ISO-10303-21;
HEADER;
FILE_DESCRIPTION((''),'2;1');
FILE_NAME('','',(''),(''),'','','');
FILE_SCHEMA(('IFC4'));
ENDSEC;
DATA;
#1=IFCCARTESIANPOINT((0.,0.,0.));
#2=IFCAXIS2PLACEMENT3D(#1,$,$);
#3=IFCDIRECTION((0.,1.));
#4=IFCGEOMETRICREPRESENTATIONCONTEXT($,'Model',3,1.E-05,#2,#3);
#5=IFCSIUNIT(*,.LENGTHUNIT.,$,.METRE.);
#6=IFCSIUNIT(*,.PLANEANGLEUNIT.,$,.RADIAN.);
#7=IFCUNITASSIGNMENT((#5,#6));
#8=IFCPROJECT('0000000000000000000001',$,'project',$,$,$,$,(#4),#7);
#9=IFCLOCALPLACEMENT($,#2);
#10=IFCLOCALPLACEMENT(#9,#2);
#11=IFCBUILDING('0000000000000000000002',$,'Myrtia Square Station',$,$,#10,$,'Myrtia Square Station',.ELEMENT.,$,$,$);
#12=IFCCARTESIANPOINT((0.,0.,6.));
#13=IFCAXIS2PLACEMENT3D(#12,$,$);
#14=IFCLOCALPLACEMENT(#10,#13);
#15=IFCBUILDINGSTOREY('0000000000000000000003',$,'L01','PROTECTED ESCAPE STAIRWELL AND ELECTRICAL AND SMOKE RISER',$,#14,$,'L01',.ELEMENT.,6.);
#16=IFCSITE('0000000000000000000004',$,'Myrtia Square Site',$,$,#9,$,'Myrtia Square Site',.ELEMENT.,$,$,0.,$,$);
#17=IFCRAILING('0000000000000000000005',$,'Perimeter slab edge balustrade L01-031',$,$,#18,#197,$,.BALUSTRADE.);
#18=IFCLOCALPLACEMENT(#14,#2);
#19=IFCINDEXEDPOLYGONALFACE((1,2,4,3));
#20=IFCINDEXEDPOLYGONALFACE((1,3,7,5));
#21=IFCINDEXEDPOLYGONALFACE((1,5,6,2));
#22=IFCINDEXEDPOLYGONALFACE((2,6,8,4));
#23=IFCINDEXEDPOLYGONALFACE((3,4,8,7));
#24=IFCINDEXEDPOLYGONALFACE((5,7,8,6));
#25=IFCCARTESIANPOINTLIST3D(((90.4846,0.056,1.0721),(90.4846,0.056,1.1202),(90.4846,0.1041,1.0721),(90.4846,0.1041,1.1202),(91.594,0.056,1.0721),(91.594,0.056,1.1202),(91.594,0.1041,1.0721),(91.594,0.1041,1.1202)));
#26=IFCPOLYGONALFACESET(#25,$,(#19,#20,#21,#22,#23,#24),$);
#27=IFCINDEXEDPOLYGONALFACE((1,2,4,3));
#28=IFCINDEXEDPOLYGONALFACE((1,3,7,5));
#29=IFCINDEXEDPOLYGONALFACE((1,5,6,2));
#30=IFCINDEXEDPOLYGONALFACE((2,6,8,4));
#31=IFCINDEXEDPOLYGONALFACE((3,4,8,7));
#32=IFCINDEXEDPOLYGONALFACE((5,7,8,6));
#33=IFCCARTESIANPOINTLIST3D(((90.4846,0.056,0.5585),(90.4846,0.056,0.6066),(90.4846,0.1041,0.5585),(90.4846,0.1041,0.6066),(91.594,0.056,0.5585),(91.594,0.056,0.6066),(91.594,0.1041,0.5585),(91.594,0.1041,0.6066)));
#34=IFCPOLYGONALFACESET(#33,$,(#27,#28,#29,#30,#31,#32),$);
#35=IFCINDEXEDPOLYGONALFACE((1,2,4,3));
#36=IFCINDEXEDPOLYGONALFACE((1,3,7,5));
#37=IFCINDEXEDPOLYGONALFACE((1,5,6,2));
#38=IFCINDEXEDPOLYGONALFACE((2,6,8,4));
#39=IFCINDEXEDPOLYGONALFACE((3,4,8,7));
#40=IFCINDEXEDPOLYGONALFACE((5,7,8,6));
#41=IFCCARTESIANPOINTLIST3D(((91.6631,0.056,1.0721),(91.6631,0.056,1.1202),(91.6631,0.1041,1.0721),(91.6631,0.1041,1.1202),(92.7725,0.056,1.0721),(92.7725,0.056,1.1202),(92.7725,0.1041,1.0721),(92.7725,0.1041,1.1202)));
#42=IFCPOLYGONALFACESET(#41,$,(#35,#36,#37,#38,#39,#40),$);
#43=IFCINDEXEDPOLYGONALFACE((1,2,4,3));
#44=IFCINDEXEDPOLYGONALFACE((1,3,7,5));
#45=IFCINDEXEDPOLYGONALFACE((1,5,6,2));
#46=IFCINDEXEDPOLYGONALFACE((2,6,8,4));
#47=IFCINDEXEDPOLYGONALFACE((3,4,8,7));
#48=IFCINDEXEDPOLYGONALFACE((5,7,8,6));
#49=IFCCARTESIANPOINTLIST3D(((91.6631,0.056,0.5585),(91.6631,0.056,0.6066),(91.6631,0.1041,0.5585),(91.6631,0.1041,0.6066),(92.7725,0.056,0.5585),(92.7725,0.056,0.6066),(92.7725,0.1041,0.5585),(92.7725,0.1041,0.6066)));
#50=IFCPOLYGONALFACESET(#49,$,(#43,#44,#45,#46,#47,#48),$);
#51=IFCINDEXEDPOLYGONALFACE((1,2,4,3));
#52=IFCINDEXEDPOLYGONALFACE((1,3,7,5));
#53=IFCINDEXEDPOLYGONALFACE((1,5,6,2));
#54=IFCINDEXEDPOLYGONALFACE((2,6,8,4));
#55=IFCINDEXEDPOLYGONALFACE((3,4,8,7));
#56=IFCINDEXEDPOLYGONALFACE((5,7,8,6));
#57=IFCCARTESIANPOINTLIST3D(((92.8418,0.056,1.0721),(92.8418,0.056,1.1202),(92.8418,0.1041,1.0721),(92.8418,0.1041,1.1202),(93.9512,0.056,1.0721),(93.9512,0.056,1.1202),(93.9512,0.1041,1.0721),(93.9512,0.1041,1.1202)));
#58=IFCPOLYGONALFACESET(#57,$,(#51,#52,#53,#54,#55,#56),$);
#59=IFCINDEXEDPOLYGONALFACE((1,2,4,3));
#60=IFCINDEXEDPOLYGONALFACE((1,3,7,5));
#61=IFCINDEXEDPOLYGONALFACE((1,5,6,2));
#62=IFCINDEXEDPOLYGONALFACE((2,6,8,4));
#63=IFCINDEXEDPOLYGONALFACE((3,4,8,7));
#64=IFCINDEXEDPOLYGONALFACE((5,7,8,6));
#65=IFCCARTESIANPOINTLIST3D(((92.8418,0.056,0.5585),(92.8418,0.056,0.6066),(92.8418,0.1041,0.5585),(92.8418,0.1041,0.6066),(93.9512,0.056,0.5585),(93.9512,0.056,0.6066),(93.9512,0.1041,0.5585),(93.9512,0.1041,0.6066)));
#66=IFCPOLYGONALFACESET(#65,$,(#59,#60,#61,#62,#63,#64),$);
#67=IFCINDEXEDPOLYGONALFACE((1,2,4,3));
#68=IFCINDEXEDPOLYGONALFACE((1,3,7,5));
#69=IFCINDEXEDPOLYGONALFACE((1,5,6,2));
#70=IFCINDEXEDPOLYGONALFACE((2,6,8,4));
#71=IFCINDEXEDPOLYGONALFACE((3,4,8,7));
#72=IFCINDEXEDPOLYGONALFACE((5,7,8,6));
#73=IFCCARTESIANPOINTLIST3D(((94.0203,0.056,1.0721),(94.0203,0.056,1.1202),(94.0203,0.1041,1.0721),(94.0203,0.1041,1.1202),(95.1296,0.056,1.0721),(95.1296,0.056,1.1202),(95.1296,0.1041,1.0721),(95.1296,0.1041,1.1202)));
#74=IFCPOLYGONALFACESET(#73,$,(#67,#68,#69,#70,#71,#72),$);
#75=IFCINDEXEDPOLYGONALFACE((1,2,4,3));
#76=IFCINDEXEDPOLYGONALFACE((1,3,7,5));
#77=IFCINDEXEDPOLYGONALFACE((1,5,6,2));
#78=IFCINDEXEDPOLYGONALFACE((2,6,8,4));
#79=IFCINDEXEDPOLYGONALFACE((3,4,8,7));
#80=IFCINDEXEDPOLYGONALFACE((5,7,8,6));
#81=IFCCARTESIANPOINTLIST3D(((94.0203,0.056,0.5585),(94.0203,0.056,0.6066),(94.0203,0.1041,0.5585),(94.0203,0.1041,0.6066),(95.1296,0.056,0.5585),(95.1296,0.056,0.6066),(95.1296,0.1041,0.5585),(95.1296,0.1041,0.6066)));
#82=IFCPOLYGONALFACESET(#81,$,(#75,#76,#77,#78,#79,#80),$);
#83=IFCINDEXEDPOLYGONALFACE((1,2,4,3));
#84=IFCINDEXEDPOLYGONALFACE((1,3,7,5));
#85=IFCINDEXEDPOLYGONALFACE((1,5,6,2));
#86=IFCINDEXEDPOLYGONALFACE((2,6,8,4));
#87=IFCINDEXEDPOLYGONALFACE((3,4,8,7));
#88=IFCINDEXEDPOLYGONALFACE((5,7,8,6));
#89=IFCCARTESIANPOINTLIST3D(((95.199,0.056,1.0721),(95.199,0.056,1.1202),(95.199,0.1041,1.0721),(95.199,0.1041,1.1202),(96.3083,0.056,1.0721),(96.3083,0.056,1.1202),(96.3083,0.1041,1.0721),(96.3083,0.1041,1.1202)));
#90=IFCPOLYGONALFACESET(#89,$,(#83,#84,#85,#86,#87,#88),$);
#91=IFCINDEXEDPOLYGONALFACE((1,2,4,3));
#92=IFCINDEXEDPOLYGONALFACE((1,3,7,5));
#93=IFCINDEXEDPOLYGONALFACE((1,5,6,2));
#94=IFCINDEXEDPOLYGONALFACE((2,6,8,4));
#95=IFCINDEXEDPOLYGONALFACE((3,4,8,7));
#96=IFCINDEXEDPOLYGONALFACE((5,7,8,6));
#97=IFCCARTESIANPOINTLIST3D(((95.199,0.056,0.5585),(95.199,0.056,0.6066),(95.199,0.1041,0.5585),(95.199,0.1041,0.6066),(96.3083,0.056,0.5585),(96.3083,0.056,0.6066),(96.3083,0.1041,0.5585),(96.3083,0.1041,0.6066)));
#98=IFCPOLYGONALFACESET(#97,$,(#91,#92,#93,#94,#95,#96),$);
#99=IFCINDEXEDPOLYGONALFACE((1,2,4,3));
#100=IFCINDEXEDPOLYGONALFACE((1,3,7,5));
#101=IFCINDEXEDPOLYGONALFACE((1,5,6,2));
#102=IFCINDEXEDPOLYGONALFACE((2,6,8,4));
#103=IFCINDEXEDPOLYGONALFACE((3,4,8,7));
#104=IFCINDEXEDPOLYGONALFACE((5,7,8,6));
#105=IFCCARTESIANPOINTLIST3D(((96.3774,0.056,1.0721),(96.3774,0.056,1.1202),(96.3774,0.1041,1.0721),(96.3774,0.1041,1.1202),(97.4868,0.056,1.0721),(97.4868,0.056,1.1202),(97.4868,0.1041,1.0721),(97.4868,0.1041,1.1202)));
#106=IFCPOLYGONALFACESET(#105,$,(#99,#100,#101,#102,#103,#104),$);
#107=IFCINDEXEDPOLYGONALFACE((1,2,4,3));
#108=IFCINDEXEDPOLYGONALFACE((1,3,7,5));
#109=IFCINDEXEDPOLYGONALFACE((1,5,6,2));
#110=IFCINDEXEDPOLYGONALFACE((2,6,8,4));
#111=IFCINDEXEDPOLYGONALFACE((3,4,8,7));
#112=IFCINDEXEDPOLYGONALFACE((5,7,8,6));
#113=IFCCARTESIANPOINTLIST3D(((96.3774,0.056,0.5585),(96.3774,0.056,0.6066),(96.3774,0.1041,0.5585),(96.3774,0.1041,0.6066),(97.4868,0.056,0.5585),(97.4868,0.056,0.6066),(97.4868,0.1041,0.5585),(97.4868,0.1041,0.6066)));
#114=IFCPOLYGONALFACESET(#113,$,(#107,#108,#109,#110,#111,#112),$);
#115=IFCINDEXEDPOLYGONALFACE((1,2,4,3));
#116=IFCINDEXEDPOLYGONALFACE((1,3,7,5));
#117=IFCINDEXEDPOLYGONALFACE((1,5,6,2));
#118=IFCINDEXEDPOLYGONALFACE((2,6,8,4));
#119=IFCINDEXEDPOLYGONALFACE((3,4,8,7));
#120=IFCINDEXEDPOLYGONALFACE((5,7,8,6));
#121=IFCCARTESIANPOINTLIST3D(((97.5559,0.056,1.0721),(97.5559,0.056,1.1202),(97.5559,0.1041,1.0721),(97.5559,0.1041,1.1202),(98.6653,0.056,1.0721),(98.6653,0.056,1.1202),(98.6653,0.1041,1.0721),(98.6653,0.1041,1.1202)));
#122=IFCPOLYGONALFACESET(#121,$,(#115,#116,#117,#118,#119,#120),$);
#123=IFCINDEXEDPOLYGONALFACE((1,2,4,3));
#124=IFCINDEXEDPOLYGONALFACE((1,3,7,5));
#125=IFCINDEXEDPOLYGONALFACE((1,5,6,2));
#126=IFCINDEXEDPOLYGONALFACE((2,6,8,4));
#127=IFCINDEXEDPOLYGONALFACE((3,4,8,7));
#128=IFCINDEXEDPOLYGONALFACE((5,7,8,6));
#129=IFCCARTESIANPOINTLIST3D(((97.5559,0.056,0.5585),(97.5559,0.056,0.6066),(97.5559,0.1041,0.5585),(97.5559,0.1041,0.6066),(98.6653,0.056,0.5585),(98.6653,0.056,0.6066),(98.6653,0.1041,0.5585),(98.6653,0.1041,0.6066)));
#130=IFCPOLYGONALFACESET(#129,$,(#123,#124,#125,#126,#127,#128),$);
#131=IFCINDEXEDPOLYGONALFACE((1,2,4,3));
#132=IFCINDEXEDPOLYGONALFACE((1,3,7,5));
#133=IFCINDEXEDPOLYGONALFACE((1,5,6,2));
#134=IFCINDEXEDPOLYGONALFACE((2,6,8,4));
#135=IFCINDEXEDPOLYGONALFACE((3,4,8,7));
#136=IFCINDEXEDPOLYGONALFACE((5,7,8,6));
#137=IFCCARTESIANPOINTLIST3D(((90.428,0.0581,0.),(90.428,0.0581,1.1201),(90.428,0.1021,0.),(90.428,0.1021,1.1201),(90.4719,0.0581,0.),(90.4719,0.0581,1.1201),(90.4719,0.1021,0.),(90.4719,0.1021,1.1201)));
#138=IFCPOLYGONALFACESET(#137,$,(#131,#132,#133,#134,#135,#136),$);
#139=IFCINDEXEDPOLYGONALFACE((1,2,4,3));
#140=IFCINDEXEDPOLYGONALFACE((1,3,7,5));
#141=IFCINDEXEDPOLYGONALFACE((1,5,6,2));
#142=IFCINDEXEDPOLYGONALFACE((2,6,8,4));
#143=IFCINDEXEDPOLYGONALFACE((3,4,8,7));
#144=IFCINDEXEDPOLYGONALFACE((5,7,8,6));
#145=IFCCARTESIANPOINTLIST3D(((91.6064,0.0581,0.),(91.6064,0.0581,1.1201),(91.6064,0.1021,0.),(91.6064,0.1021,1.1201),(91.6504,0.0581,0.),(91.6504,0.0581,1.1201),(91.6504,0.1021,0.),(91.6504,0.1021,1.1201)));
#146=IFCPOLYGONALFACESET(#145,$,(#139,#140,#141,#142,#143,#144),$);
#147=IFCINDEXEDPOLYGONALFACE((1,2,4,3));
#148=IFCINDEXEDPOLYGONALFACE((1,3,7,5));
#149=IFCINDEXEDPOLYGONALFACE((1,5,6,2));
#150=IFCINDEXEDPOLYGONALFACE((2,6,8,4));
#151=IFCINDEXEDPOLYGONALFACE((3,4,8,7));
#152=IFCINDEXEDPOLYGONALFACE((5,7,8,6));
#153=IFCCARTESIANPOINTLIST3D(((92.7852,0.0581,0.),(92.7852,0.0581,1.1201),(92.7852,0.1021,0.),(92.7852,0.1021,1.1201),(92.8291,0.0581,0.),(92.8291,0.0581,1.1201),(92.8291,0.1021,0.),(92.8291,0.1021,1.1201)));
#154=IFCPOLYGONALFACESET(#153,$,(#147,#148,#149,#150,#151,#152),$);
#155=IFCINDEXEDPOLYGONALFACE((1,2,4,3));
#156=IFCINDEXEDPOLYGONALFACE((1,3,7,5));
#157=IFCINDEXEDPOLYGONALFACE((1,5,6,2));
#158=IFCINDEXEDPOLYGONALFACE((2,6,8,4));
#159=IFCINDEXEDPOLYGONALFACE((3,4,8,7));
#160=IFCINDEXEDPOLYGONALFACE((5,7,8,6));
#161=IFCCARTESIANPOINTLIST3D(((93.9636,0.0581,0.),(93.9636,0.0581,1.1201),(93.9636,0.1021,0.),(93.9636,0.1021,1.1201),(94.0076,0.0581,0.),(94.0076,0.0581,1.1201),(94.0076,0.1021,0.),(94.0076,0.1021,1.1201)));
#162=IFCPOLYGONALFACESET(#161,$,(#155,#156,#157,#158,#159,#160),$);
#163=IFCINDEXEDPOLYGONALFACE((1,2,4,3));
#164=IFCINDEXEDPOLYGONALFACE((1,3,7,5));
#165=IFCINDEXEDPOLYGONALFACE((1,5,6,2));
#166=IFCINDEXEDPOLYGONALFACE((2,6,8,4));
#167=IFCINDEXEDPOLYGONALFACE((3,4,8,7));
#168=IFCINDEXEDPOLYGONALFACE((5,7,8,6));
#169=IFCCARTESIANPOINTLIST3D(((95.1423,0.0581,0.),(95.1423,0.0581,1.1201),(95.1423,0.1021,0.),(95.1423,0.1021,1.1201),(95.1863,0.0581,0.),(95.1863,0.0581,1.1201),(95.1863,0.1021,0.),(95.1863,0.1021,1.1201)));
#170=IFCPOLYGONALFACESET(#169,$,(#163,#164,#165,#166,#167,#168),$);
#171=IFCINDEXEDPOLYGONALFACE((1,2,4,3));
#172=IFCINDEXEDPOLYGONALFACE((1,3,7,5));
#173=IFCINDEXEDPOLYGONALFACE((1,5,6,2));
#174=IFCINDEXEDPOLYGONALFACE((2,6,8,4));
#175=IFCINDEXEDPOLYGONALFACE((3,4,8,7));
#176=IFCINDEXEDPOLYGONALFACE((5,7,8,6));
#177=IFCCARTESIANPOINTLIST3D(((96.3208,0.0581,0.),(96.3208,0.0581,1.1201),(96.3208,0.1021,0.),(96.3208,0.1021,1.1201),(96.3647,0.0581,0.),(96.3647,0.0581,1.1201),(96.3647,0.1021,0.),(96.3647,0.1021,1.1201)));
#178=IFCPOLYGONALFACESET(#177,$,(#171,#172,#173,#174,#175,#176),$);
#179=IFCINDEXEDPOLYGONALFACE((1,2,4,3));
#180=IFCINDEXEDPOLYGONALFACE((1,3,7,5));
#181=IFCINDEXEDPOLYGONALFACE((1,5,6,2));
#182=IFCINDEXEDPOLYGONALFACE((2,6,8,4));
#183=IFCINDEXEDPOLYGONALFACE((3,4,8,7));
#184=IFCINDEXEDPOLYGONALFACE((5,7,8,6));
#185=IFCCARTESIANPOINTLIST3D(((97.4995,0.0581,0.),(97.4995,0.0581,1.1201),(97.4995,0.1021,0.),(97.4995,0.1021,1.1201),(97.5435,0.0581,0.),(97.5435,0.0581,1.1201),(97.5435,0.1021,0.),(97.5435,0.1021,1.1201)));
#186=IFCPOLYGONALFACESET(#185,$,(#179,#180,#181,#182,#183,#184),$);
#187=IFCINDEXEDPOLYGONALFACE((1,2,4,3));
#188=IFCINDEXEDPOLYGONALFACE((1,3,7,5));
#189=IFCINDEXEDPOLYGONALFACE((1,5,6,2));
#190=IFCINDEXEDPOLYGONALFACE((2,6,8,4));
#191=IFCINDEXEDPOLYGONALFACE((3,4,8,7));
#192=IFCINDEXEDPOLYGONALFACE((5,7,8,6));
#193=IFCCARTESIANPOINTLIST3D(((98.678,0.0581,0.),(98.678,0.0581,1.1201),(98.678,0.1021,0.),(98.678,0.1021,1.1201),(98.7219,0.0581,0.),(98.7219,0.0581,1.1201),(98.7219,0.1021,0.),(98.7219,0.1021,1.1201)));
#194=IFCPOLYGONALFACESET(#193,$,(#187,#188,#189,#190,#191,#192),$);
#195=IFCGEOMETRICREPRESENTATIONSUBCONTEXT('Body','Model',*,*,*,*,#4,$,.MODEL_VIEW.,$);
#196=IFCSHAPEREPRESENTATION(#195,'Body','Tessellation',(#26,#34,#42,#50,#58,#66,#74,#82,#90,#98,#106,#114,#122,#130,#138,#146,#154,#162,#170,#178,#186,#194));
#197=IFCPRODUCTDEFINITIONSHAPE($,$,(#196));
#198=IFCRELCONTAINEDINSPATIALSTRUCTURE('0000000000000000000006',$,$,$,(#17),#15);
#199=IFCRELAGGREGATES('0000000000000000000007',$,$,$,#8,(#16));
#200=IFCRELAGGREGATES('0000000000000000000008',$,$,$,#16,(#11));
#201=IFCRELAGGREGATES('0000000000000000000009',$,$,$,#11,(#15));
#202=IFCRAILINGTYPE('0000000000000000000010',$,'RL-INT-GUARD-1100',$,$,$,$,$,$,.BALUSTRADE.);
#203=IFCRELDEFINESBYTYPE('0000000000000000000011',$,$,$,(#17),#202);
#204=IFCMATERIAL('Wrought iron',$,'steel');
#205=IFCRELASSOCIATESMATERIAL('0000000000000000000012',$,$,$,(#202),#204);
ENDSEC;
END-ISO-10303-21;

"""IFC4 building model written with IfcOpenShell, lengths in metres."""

from ifc_helpers import new_model, si_unit, direction, frame, origin, origin_2d, place, context, subcontext, project, spatial, rectangle, extrude, material, type_object, element, save


model = new_model("IFC4")

# Units and contexts
model_context = context("Model", 3, precision=1e-05, world=origin(), true_north=direction((0.0, 1.0)))
body_context = subcontext(model_context, "Body", "Model", "MODEL_VIEW")
ifc_project = project(units=[si_unit("LENGTHUNIT", "METRE"), si_unit("PLANEANGLEUNIT", "RADIAN")], contexts=[model_context])

# Site, building, storey
site_placement = place(None, origin())
site = spatial("IfcSite", under=ifc_project, at=site_placement, Name="Myrtia Square Site", LongName="Myrtia Square Site", CompositionType="ELEMENT", RefElevation=0.0)
building_placement = place(site_placement, origin())
building = spatial("IfcBuilding", under=site, at=building_placement, Name="Myrtia Square Station", LongName="Myrtia Square Station", CompositionType="ELEMENT")
storey_placement = place(building_placement, frame((0.0, 0.0, 6.0)))
storey = spatial("IfcBuildingStorey", under=building, at=storey_placement, Name="L01", Description="PROTECTED ESCAPE STAIRWELL AND ELECTRICAL AND SMOKE RISER", LongName="L01", CompositionType="ELEMENT", Elevation=6.0)

# Railing
ifc_material_1 = material(Name="Wrought iron", Category="steel")
railing_type = type_object("IfcRailingType", Name="RL-INT-GUARD-1100", PredefinedType="BALUSTRADE", material=ifc_material_1)
railing_1_placement = place(storey_placement, frame((90.45, 0.0801, 0.0)))
element("IfcRailing", 1, at=railing_1_placement, inside=storey, type_object=railing_type, Name="Perimeter slab edge balustrade L01-031", PredefinedType="BALUSTRADE", context=body_context, shape_type="SweptSolid", body=[
    extrude(rectangle(XDim=0.0481, YDim=0.0481, at=origin_2d()), frame((0.0347, 0.0, 1.0962), z_axis=(1.0, 0.0, 0.0), x_axis=(0.0, 1.0, 0.0)), (0.0, 0.0, 1.0), 1.1094),
    extrude(rectangle(XDim=0.0481, YDim=0.0481, at=origin_2d()), frame((0.0347, 0.0, 0.5825), z_axis=(1.0, 0.0, 0.0), x_axis=(0.0, 1.0, 0.0)), (0.0, 0.0, 1.0), 1.1094),
    extrude(rectangle(XDim=0.0481, YDim=0.0481, at=origin_2d()), frame((1.2131, 0.0, 1.0962), z_axis=(1.0, 0.0, 0.0), x_axis=(0.0, 1.0, 0.0)), (0.0, 0.0, 1.0), 1.1094),
    extrude(rectangle(XDim=0.0481, YDim=0.0481, at=origin_2d()), frame((1.2131, 0.0, 0.5825), z_axis=(1.0, 0.0, 0.0), x_axis=(0.0, 1.0, 0.0)), (0.0, 0.0, 1.0), 1.1094),
    extrude(rectangle(XDim=0.0481, YDim=0.0481, at=origin_2d()), frame((2.3918, 0.0, 1.0962), z_axis=(1.0, 0.0, 0.0), x_axis=(0.0, 1.0, 0.0)), (0.0, 0.0, 1.0), 1.1094),
    extrude(rectangle(XDim=0.0481, YDim=0.0481, at=origin_2d()), frame((2.3918, 0.0, 0.5825), z_axis=(1.0, 0.0, 0.0), x_axis=(0.0, 1.0, 0.0)), (0.0, 0.0, 1.0), 1.1094),
    extrude(rectangle(XDim=0.0481, YDim=0.0481, at=origin_2d()), frame((3.5703, 0.0, 1.0962), z_axis=(1.0, 0.0, 0.0), x_axis=(0.0, 1.0, 0.0)), (0.0, 0.0, 1.0), 1.1094),
    extrude(rectangle(XDim=0.0481, YDim=0.0481, at=origin_2d()), frame((3.5703, 0.0, 0.5825), z_axis=(1.0, 0.0, 0.0), x_axis=(0.0, 1.0, 0.0)), (0.0, 0.0, 1.0), 1.1094),
    extrude(rectangle(XDim=0.0481, YDim=0.0481, at=origin_2d()), frame((4.749, 0.0, 1.0962), z_axis=(1.0, 0.0, 0.0), x_axis=(0.0, 1.0, 0.0)), (0.0, 0.0, 1.0), 1.1094),
    extrude(rectangle(XDim=0.0481, YDim=0.0481, at=origin_2d()), frame((4.749, 0.0, 0.5825), z_axis=(1.0, 0.0, 0.0), x_axis=(0.0, 1.0, 0.0)), (0.0, 0.0, 1.0), 1.1094),
    extrude(rectangle(XDim=0.0481, YDim=0.0481, at=origin_2d()), frame((5.9275, 0.0, 1.0962), z_axis=(1.0, 0.0, 0.0), x_axis=(0.0, 1.0, 0.0)), (0.0, 0.0, 1.0), 1.1094),
    extrude(rectangle(XDim=0.0481, YDim=0.0481, at=origin_2d()), frame((5.9275, 0.0, 0.5825), z_axis=(1.0, 0.0, 0.0), x_axis=(0.0, 1.0, 0.0)), (0.0, 0.0, 1.0), 1.1094),
    extrude(rectangle(XDim=0.0481, YDim=0.0481, at=origin_2d()), frame((7.106, 0.0, 1.0962), z_axis=(1.0, 0.0, 0.0), x_axis=(0.0, 1.0, 0.0)), (0.0, 0.0, 1.0), 1.1094),
    extrude(rectangle(XDim=0.0481, YDim=0.0481, at=origin_2d()), frame((7.106, 0.0, 0.5825), z_axis=(1.0, 0.0, 0.0), x_axis=(0.0, 1.0, 0.0)), (0.0, 0.0, 1.0), 1.1094),
    extrude(rectangle(XDim=0.0439, YDim=0.0439, at=origin_2d()), origin(), (0.0, 0.0, 1.0), 1.1201),
    extrude(rectangle(XDim=0.0439, YDim=0.0439, at=origin_2d()), frame((1.1785, 0.0, 0.0)), (0.0, 0.0, 1.0), 1.1201),
    extrude(rectangle(XDim=0.0439, YDim=0.0439, at=origin_2d()), frame((2.3572, 0.0, 0.0)), (0.0, 0.0, 1.0), 1.1201),
    extrude(rectangle(XDim=0.0439, YDim=0.0439, at=origin_2d()), frame((3.5356, 0.0, 0.0)), (0.0, 0.0, 1.0), 1.1201),
    extrude(rectangle(XDim=0.0439, YDim=0.0439, at=origin_2d()), frame((4.7144, 0.0, 0.0)), (0.0, 0.0, 1.0), 1.1201),
    extrude(rectangle(XDim=0.0439, YDim=0.0439, at=origin_2d()), frame((5.8928, 0.0, 0.0)), (0.0, 0.0, 1.0), 1.1201),
    extrude(rectangle(XDim=0.0439, YDim=0.0439, at=origin_2d()), frame((7.0715, 0.0, 0.0)), (0.0, 0.0, 1.0), 1.1201),
    extrude(rectangle(XDim=0.0439, YDim=0.0439, at=origin_2d()), frame((8.25, 0.0, 0.0)), (0.0, 0.0, 1.0), 1.1201),
])

save(model, "model.ifc")
